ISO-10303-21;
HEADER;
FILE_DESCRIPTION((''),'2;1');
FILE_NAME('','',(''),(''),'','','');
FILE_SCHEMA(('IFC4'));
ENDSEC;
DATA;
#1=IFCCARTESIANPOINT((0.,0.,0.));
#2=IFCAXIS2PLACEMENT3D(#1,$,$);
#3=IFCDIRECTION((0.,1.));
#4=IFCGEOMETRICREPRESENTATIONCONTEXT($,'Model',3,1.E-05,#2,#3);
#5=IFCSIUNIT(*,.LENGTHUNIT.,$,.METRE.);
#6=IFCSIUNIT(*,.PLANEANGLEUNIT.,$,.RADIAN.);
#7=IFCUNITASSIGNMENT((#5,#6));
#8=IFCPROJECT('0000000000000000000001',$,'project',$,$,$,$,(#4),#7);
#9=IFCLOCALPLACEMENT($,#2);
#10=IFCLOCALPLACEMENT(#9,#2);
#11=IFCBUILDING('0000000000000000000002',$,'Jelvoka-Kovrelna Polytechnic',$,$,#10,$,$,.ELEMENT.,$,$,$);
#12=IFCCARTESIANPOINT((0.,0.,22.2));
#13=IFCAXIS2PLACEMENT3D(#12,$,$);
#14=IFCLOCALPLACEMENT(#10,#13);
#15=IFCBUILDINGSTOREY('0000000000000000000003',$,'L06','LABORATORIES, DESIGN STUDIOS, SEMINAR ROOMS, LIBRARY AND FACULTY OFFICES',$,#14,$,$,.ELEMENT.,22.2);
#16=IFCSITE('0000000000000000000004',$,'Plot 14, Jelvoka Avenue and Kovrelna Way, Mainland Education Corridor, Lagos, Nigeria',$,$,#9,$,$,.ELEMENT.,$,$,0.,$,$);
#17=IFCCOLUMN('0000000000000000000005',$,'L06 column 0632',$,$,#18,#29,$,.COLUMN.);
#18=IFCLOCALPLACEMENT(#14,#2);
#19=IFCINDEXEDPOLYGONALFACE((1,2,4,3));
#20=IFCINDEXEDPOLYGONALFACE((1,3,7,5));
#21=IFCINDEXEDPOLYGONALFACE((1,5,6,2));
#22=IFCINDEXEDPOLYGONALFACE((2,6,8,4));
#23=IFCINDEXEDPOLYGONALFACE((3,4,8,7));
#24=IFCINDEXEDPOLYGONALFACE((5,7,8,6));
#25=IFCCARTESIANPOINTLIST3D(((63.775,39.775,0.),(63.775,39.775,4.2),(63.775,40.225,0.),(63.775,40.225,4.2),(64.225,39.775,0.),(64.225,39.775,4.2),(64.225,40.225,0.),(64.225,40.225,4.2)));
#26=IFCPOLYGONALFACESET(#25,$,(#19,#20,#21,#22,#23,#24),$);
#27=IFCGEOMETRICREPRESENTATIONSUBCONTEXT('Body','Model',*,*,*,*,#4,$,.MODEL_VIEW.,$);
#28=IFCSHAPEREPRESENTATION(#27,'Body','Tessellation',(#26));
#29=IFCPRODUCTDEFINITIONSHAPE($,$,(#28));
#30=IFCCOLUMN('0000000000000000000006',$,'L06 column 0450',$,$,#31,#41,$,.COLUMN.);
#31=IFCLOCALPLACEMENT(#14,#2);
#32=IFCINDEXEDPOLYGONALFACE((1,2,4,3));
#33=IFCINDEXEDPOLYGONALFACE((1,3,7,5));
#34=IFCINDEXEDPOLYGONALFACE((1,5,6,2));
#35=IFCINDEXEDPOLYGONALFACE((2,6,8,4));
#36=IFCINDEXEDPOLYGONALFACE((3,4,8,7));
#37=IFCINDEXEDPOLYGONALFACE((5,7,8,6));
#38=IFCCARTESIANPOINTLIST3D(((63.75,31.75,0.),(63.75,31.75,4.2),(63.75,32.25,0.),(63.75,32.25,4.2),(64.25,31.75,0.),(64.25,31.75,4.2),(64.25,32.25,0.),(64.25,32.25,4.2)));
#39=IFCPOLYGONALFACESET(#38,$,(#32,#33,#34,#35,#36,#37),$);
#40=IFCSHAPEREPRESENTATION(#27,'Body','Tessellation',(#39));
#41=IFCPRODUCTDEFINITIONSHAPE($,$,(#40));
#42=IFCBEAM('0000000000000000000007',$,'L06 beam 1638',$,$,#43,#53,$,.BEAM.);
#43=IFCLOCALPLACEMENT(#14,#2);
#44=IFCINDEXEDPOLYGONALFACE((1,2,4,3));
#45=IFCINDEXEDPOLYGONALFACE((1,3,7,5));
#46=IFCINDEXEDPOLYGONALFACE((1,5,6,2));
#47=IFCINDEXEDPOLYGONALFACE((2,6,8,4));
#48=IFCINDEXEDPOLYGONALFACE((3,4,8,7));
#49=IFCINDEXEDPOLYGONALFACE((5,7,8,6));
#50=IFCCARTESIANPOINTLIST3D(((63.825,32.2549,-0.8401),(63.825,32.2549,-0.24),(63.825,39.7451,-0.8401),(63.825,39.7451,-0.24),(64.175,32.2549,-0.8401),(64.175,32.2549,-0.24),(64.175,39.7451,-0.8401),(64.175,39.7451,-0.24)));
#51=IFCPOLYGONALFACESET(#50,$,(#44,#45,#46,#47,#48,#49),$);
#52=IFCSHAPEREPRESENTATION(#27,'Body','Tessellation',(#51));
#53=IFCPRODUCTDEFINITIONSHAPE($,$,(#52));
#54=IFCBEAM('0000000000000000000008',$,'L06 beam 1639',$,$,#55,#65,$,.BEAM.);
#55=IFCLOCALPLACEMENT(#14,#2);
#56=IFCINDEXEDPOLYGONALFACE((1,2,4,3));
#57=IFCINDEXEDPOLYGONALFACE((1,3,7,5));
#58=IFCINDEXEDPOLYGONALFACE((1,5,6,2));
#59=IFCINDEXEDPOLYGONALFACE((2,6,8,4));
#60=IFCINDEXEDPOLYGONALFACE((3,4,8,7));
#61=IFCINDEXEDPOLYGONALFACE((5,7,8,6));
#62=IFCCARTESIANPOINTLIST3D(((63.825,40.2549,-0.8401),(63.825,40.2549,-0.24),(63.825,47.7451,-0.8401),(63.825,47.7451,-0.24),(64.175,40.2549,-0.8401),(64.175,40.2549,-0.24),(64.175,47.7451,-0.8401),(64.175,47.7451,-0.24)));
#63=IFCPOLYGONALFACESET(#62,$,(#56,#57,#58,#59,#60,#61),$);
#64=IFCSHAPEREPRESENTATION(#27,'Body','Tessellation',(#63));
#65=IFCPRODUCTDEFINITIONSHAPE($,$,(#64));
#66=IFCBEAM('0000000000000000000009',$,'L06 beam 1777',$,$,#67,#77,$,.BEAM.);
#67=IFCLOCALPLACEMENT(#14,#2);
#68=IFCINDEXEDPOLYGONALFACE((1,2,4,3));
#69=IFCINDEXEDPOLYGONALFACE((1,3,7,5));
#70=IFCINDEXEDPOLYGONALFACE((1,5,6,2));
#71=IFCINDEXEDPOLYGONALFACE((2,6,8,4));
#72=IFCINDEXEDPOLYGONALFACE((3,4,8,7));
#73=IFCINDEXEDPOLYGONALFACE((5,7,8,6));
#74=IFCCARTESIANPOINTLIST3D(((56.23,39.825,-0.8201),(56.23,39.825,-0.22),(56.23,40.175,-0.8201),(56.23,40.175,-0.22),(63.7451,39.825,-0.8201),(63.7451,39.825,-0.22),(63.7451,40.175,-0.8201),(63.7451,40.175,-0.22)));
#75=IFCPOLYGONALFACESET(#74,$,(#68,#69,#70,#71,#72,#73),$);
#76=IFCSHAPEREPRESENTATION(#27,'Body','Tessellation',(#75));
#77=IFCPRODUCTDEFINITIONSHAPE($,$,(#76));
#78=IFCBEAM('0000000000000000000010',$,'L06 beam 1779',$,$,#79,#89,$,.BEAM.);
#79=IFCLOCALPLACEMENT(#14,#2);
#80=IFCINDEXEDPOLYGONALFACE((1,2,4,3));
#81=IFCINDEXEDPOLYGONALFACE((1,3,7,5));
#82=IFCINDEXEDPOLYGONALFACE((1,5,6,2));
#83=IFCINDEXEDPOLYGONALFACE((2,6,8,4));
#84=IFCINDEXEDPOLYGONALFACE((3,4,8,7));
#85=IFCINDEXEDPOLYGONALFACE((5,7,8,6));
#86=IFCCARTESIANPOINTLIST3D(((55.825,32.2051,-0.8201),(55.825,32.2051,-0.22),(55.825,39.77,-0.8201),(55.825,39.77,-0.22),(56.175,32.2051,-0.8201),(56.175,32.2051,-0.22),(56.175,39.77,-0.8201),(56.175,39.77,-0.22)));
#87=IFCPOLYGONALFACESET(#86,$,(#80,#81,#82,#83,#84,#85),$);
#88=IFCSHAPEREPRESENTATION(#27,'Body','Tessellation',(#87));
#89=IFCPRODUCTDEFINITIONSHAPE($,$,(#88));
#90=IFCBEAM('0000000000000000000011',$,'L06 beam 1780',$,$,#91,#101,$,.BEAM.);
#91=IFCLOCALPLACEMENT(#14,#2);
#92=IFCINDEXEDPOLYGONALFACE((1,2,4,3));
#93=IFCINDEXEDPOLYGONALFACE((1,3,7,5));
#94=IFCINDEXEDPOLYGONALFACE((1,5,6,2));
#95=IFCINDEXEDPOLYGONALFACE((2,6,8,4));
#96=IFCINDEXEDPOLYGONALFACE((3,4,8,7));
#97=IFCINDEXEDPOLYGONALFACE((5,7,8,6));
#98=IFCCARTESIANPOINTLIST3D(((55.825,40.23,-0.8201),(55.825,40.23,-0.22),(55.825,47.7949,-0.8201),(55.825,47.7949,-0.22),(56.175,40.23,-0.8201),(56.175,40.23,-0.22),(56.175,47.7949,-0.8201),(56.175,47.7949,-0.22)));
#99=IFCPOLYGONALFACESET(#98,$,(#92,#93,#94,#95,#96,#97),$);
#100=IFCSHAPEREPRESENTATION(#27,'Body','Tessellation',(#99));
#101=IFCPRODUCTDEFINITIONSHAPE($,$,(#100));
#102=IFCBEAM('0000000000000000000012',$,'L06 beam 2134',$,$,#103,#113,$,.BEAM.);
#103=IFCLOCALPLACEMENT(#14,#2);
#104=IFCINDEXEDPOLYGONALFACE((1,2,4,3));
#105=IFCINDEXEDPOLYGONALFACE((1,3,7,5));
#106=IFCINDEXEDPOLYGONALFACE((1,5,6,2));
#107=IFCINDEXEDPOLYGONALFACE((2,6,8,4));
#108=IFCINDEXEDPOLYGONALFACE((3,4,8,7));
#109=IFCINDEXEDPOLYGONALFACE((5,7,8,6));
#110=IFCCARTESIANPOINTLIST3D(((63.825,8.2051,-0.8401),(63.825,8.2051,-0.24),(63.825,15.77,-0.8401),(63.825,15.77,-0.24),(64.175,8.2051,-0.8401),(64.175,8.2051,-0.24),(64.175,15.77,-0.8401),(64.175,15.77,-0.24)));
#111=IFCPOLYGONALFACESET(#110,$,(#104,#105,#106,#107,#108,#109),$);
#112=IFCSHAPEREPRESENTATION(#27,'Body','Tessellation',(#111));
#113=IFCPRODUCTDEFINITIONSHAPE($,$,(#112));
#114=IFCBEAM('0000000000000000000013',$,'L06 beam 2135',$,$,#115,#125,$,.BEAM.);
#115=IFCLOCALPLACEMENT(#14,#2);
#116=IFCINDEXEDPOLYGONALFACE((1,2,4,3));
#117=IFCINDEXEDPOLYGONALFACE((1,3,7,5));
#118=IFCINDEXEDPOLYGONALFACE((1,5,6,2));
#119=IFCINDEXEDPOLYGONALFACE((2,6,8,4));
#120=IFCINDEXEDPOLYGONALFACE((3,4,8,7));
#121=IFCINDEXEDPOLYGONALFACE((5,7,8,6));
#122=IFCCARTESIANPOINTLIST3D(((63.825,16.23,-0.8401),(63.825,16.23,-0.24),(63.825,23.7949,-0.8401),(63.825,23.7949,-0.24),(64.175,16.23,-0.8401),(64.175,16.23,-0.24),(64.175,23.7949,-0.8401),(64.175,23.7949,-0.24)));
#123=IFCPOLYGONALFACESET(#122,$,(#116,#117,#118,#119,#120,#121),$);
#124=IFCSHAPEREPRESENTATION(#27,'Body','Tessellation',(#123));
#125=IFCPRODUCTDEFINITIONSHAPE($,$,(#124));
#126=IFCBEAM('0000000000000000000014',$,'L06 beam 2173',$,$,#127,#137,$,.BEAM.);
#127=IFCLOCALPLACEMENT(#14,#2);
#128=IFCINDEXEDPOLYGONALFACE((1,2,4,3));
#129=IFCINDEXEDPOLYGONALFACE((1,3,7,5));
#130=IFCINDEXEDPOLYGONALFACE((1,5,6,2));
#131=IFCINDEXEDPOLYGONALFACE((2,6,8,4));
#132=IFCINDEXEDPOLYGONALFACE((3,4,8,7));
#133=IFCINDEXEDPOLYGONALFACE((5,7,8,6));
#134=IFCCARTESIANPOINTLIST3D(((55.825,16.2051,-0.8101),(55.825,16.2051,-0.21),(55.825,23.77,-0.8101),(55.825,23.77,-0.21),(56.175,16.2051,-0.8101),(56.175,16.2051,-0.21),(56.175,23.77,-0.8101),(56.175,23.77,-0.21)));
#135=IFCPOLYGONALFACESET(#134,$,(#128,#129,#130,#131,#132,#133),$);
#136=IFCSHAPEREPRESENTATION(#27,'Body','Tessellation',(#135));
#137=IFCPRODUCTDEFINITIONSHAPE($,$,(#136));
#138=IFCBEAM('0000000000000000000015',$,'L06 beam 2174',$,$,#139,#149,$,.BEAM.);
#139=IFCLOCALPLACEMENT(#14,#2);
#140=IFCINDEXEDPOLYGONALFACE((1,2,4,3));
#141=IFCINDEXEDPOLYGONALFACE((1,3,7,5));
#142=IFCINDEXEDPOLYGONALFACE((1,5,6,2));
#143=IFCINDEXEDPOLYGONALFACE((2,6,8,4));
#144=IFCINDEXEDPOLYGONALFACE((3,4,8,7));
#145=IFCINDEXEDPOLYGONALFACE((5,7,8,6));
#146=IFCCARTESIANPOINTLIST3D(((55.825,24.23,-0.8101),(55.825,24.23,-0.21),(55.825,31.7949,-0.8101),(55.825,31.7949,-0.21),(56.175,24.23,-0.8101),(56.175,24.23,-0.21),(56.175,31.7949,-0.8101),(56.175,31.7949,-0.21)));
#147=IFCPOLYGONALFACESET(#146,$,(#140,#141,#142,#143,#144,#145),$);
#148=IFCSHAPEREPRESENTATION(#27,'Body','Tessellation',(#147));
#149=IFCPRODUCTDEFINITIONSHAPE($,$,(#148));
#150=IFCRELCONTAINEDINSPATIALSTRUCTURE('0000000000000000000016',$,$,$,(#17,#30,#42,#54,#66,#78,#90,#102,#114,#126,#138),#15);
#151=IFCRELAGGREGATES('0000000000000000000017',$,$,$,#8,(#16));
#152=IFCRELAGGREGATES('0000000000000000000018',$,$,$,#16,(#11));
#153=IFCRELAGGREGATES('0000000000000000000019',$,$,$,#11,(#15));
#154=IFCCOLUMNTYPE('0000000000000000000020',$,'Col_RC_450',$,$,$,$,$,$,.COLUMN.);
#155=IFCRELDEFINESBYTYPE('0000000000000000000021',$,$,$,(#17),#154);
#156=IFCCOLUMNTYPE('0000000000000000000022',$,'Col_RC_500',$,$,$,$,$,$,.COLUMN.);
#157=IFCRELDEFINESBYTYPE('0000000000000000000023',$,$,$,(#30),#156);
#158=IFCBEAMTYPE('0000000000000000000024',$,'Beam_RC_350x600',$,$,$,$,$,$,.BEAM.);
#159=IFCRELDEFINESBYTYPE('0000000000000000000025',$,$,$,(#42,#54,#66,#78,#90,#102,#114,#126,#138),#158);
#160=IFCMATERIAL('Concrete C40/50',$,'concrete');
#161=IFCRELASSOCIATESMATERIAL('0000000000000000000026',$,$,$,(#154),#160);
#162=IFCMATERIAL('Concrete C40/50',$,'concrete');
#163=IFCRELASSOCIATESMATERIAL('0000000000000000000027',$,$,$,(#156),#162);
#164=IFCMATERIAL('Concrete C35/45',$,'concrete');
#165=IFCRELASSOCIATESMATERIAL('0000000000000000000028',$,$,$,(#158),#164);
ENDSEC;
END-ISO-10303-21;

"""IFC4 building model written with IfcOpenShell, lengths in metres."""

from ifc_helpers import new_model, si_unit, direction, frame, origin, origin_2d, place, context, subcontext, project, spatial, rectangle, extrude, material, material_profile, profile_set, type_object, element, save


model = new_model("IFC4")

# Units and contexts
model_context = context("Model", 3, precision=1e-05, world=origin(), true_north=direction((0.0, 1.0)))
body_context = subcontext(model_context, "Body", "Model", "MODEL_VIEW")
ifc_project = project(units=[si_unit("LENGTHUNIT", "METRE"), si_unit("PLANEANGLEUNIT", "RADIAN")], contexts=[model_context])

# Site, building, storey
site_placement = place(None, origin())
site = spatial("IfcSite", under=ifc_project, at=site_placement, Name="Plot 14, Jelvoka Avenue and Kovrelna Way, Mainland Education Corridor, Lagos, Nigeria", CompositionType="ELEMENT", RefElevation=0.0)
building_placement = place(site_placement, origin())
building = spatial("IfcBuilding", under=site, at=building_placement, Name="Jelvoka-Kovrelna Polytechnic", CompositionType="ELEMENT")
storey_placement = place(building_placement, frame((0.0, 0.0, 22.2)))
storey = spatial("IfcBuildingStorey", under=building, at=storey_placement, Name="L06", Description="LABORATORIES, DESIGN STUDIOS, SEMINAR ROOMS, LIBRARY AND FACULTY OFFICES", CompositionType="ELEMENT", Elevation=22.2)

# Columns
ifc_material_1 = material(Name="Concrete C40/50", Category="concrete")
ifc_material_profile_1 = material_profile(ifc_material_1, rectangle(XDim=0.45, YDim=0.45, at=origin_2d()), Name="RC 450x450")
ifc_profile_set_1 = profile_set([ifc_material_profile_1], Name="Concrete C40/50")
column_type_1 = type_object("IfcColumnType", Name="Col_RC_450", PredefinedType="COLUMN", material=ifc_profile_set_1)
column_1_placement = place(storey_placement, frame((64.0, 40.0, 0.0), z_axis=(0.0, 0.0, 1.0), x_axis=(1.0, 0.0, 0.0)))
element("IfcColumn", 1, at=column_1_placement, inside=storey, type_object=column_type_1, Name="L06 column 0632", PredefinedType="COLUMN", context=body_context, shape_type="SweptSolid", body=[
    extrude(rectangle(XDim=0.45, YDim=0.45, at=origin_2d()), origin(), (0.0, 0.0, 1.0), 4.2),
])
ifc_material_2 = material(Name="Concrete C40/50", Category="concrete")
ifc_material_profile_2 = material_profile(ifc_material_2, rectangle(XDim=0.5, YDim=0.5, at=origin_2d()), Name="RC 500x500")
ifc_profile_set_2 = profile_set([ifc_material_profile_2], Name="Concrete C40/50")
column_type_2 = type_object("IfcColumnType", Name="Col_RC_500", PredefinedType="COLUMN", material=ifc_profile_set_2)
column_2_placement = place(storey_placement, frame((64.0, 32.0, 0.0), z_axis=(0.0, 0.0, 1.0), x_axis=(1.0, 0.0, 0.0)))
element("IfcColumn", 2, at=column_2_placement, inside=storey, type_object=column_type_2, Name="L06 column 0450", PredefinedType="COLUMN", context=body_context, shape_type="SweptSolid", body=[
    extrude(rectangle(XDim=0.5, YDim=0.5, at=origin_2d()), origin(), (0.0, 0.0, 1.0), 4.2),
])

# Beams
ifc_material_3 = material(Name="Concrete C35/45", Category="concrete")
ifc_material_profile_3 = material_profile(ifc_material_3, rectangle(XDim=0.3501, YDim=0.6001, at=origin_2d()), Name="RC 350x600")
ifc_profile_set_3 = profile_set([ifc_material_profile_3], Name="Concrete C35/45")
beam_type_1 = type_object("IfcBeamType", Name="Beam_RC_350x600", PredefinedType="BEAM", material=ifc_profile_set_3)
for number, where, z_axis, x_axis, name in (
    (3, (64.0, 32.2549, -0.54), (0.0, 1.0, 0.0), (-1.0, 0.0, 0.0), "L06 beam 1638"),
    (4, (64.0, 40.2549, -0.54), (0.0, 1.0, 0.0), (-1.0, 0.0, 0.0), "L06 beam 1639"),
):
    element("IfcBeam", number, at=place(storey_placement, frame(where, z_axis=z_axis, x_axis=x_axis)), inside=storey, type_object=beam_type_1, Name=name, PredefinedType="BEAM", context=body_context, shape_type="SweptSolid", body=[
        extrude(rectangle(XDim=0.3501, YDim=0.6001, at=origin_2d()), origin(), (0.0, 0.0, 1.0), 7.4902),
    ])
beam_1_placement = place(storey_placement, frame((56.23, 40.0, -0.52), z_axis=(1.0, 0.0, 0.0), x_axis=(0.0, 1.0, 0.0)))
element("IfcBeam", 5, at=beam_1_placement, inside=storey, type_object=beam_type_1, Name="L06 beam 1777", PredefinedType="BEAM", context=body_context, shape_type="SweptSolid", body=[
    extrude(rectangle(XDim=0.3501, YDim=0.6001, at=origin_2d()), origin(), (0.0, 0.0, 1.0), 7.5151),
])
for number, where, z_axis, x_axis, name in (
    (6, (56.0, 32.2051, -0.52), (0.0, 1.0, 0.0), (-1.0, 0.0, 0.0), "L06 beam 1779"),
    (7, (56.0, 40.23, -0.52), (0.0, 1.0, 0.0), (-1.0, 0.0, 0.0), "L06 beam 1780"),
    (8, (64.0, 8.2051, -0.54), (0.0, 1.0, 0.0), (-1.0, 0.0, 0.0), "L06 beam 2134"),
    (9, (64.0, 16.23, -0.54), (0.0, 1.0, 0.0), (-1.0, 0.0, 0.0), "L06 beam 2135"),
    (10, (56.0, 16.2051, -0.51), (0.0, 1.0, 0.0), (-1.0, 0.0, 0.0), "L06 beam 2173"),
    (11, (56.0, 24.23, -0.51), (0.0, 1.0, 0.0), (-1.0, 0.0, 0.0), "L06 beam 2174"),
):
    element("IfcBeam", number, at=place(storey_placement, frame(where, z_axis=z_axis, x_axis=x_axis)), inside=storey, type_object=beam_type_1, Name=name, PredefinedType="BEAM", context=body_context, shape_type="SweptSolid", body=[
        extrude(rectangle(XDim=0.3501, YDim=0.6001, at=origin_2d()), origin(), (0.0, 0.0, 1.0), 7.5649),
    ])

save(model, "model.ifc")
